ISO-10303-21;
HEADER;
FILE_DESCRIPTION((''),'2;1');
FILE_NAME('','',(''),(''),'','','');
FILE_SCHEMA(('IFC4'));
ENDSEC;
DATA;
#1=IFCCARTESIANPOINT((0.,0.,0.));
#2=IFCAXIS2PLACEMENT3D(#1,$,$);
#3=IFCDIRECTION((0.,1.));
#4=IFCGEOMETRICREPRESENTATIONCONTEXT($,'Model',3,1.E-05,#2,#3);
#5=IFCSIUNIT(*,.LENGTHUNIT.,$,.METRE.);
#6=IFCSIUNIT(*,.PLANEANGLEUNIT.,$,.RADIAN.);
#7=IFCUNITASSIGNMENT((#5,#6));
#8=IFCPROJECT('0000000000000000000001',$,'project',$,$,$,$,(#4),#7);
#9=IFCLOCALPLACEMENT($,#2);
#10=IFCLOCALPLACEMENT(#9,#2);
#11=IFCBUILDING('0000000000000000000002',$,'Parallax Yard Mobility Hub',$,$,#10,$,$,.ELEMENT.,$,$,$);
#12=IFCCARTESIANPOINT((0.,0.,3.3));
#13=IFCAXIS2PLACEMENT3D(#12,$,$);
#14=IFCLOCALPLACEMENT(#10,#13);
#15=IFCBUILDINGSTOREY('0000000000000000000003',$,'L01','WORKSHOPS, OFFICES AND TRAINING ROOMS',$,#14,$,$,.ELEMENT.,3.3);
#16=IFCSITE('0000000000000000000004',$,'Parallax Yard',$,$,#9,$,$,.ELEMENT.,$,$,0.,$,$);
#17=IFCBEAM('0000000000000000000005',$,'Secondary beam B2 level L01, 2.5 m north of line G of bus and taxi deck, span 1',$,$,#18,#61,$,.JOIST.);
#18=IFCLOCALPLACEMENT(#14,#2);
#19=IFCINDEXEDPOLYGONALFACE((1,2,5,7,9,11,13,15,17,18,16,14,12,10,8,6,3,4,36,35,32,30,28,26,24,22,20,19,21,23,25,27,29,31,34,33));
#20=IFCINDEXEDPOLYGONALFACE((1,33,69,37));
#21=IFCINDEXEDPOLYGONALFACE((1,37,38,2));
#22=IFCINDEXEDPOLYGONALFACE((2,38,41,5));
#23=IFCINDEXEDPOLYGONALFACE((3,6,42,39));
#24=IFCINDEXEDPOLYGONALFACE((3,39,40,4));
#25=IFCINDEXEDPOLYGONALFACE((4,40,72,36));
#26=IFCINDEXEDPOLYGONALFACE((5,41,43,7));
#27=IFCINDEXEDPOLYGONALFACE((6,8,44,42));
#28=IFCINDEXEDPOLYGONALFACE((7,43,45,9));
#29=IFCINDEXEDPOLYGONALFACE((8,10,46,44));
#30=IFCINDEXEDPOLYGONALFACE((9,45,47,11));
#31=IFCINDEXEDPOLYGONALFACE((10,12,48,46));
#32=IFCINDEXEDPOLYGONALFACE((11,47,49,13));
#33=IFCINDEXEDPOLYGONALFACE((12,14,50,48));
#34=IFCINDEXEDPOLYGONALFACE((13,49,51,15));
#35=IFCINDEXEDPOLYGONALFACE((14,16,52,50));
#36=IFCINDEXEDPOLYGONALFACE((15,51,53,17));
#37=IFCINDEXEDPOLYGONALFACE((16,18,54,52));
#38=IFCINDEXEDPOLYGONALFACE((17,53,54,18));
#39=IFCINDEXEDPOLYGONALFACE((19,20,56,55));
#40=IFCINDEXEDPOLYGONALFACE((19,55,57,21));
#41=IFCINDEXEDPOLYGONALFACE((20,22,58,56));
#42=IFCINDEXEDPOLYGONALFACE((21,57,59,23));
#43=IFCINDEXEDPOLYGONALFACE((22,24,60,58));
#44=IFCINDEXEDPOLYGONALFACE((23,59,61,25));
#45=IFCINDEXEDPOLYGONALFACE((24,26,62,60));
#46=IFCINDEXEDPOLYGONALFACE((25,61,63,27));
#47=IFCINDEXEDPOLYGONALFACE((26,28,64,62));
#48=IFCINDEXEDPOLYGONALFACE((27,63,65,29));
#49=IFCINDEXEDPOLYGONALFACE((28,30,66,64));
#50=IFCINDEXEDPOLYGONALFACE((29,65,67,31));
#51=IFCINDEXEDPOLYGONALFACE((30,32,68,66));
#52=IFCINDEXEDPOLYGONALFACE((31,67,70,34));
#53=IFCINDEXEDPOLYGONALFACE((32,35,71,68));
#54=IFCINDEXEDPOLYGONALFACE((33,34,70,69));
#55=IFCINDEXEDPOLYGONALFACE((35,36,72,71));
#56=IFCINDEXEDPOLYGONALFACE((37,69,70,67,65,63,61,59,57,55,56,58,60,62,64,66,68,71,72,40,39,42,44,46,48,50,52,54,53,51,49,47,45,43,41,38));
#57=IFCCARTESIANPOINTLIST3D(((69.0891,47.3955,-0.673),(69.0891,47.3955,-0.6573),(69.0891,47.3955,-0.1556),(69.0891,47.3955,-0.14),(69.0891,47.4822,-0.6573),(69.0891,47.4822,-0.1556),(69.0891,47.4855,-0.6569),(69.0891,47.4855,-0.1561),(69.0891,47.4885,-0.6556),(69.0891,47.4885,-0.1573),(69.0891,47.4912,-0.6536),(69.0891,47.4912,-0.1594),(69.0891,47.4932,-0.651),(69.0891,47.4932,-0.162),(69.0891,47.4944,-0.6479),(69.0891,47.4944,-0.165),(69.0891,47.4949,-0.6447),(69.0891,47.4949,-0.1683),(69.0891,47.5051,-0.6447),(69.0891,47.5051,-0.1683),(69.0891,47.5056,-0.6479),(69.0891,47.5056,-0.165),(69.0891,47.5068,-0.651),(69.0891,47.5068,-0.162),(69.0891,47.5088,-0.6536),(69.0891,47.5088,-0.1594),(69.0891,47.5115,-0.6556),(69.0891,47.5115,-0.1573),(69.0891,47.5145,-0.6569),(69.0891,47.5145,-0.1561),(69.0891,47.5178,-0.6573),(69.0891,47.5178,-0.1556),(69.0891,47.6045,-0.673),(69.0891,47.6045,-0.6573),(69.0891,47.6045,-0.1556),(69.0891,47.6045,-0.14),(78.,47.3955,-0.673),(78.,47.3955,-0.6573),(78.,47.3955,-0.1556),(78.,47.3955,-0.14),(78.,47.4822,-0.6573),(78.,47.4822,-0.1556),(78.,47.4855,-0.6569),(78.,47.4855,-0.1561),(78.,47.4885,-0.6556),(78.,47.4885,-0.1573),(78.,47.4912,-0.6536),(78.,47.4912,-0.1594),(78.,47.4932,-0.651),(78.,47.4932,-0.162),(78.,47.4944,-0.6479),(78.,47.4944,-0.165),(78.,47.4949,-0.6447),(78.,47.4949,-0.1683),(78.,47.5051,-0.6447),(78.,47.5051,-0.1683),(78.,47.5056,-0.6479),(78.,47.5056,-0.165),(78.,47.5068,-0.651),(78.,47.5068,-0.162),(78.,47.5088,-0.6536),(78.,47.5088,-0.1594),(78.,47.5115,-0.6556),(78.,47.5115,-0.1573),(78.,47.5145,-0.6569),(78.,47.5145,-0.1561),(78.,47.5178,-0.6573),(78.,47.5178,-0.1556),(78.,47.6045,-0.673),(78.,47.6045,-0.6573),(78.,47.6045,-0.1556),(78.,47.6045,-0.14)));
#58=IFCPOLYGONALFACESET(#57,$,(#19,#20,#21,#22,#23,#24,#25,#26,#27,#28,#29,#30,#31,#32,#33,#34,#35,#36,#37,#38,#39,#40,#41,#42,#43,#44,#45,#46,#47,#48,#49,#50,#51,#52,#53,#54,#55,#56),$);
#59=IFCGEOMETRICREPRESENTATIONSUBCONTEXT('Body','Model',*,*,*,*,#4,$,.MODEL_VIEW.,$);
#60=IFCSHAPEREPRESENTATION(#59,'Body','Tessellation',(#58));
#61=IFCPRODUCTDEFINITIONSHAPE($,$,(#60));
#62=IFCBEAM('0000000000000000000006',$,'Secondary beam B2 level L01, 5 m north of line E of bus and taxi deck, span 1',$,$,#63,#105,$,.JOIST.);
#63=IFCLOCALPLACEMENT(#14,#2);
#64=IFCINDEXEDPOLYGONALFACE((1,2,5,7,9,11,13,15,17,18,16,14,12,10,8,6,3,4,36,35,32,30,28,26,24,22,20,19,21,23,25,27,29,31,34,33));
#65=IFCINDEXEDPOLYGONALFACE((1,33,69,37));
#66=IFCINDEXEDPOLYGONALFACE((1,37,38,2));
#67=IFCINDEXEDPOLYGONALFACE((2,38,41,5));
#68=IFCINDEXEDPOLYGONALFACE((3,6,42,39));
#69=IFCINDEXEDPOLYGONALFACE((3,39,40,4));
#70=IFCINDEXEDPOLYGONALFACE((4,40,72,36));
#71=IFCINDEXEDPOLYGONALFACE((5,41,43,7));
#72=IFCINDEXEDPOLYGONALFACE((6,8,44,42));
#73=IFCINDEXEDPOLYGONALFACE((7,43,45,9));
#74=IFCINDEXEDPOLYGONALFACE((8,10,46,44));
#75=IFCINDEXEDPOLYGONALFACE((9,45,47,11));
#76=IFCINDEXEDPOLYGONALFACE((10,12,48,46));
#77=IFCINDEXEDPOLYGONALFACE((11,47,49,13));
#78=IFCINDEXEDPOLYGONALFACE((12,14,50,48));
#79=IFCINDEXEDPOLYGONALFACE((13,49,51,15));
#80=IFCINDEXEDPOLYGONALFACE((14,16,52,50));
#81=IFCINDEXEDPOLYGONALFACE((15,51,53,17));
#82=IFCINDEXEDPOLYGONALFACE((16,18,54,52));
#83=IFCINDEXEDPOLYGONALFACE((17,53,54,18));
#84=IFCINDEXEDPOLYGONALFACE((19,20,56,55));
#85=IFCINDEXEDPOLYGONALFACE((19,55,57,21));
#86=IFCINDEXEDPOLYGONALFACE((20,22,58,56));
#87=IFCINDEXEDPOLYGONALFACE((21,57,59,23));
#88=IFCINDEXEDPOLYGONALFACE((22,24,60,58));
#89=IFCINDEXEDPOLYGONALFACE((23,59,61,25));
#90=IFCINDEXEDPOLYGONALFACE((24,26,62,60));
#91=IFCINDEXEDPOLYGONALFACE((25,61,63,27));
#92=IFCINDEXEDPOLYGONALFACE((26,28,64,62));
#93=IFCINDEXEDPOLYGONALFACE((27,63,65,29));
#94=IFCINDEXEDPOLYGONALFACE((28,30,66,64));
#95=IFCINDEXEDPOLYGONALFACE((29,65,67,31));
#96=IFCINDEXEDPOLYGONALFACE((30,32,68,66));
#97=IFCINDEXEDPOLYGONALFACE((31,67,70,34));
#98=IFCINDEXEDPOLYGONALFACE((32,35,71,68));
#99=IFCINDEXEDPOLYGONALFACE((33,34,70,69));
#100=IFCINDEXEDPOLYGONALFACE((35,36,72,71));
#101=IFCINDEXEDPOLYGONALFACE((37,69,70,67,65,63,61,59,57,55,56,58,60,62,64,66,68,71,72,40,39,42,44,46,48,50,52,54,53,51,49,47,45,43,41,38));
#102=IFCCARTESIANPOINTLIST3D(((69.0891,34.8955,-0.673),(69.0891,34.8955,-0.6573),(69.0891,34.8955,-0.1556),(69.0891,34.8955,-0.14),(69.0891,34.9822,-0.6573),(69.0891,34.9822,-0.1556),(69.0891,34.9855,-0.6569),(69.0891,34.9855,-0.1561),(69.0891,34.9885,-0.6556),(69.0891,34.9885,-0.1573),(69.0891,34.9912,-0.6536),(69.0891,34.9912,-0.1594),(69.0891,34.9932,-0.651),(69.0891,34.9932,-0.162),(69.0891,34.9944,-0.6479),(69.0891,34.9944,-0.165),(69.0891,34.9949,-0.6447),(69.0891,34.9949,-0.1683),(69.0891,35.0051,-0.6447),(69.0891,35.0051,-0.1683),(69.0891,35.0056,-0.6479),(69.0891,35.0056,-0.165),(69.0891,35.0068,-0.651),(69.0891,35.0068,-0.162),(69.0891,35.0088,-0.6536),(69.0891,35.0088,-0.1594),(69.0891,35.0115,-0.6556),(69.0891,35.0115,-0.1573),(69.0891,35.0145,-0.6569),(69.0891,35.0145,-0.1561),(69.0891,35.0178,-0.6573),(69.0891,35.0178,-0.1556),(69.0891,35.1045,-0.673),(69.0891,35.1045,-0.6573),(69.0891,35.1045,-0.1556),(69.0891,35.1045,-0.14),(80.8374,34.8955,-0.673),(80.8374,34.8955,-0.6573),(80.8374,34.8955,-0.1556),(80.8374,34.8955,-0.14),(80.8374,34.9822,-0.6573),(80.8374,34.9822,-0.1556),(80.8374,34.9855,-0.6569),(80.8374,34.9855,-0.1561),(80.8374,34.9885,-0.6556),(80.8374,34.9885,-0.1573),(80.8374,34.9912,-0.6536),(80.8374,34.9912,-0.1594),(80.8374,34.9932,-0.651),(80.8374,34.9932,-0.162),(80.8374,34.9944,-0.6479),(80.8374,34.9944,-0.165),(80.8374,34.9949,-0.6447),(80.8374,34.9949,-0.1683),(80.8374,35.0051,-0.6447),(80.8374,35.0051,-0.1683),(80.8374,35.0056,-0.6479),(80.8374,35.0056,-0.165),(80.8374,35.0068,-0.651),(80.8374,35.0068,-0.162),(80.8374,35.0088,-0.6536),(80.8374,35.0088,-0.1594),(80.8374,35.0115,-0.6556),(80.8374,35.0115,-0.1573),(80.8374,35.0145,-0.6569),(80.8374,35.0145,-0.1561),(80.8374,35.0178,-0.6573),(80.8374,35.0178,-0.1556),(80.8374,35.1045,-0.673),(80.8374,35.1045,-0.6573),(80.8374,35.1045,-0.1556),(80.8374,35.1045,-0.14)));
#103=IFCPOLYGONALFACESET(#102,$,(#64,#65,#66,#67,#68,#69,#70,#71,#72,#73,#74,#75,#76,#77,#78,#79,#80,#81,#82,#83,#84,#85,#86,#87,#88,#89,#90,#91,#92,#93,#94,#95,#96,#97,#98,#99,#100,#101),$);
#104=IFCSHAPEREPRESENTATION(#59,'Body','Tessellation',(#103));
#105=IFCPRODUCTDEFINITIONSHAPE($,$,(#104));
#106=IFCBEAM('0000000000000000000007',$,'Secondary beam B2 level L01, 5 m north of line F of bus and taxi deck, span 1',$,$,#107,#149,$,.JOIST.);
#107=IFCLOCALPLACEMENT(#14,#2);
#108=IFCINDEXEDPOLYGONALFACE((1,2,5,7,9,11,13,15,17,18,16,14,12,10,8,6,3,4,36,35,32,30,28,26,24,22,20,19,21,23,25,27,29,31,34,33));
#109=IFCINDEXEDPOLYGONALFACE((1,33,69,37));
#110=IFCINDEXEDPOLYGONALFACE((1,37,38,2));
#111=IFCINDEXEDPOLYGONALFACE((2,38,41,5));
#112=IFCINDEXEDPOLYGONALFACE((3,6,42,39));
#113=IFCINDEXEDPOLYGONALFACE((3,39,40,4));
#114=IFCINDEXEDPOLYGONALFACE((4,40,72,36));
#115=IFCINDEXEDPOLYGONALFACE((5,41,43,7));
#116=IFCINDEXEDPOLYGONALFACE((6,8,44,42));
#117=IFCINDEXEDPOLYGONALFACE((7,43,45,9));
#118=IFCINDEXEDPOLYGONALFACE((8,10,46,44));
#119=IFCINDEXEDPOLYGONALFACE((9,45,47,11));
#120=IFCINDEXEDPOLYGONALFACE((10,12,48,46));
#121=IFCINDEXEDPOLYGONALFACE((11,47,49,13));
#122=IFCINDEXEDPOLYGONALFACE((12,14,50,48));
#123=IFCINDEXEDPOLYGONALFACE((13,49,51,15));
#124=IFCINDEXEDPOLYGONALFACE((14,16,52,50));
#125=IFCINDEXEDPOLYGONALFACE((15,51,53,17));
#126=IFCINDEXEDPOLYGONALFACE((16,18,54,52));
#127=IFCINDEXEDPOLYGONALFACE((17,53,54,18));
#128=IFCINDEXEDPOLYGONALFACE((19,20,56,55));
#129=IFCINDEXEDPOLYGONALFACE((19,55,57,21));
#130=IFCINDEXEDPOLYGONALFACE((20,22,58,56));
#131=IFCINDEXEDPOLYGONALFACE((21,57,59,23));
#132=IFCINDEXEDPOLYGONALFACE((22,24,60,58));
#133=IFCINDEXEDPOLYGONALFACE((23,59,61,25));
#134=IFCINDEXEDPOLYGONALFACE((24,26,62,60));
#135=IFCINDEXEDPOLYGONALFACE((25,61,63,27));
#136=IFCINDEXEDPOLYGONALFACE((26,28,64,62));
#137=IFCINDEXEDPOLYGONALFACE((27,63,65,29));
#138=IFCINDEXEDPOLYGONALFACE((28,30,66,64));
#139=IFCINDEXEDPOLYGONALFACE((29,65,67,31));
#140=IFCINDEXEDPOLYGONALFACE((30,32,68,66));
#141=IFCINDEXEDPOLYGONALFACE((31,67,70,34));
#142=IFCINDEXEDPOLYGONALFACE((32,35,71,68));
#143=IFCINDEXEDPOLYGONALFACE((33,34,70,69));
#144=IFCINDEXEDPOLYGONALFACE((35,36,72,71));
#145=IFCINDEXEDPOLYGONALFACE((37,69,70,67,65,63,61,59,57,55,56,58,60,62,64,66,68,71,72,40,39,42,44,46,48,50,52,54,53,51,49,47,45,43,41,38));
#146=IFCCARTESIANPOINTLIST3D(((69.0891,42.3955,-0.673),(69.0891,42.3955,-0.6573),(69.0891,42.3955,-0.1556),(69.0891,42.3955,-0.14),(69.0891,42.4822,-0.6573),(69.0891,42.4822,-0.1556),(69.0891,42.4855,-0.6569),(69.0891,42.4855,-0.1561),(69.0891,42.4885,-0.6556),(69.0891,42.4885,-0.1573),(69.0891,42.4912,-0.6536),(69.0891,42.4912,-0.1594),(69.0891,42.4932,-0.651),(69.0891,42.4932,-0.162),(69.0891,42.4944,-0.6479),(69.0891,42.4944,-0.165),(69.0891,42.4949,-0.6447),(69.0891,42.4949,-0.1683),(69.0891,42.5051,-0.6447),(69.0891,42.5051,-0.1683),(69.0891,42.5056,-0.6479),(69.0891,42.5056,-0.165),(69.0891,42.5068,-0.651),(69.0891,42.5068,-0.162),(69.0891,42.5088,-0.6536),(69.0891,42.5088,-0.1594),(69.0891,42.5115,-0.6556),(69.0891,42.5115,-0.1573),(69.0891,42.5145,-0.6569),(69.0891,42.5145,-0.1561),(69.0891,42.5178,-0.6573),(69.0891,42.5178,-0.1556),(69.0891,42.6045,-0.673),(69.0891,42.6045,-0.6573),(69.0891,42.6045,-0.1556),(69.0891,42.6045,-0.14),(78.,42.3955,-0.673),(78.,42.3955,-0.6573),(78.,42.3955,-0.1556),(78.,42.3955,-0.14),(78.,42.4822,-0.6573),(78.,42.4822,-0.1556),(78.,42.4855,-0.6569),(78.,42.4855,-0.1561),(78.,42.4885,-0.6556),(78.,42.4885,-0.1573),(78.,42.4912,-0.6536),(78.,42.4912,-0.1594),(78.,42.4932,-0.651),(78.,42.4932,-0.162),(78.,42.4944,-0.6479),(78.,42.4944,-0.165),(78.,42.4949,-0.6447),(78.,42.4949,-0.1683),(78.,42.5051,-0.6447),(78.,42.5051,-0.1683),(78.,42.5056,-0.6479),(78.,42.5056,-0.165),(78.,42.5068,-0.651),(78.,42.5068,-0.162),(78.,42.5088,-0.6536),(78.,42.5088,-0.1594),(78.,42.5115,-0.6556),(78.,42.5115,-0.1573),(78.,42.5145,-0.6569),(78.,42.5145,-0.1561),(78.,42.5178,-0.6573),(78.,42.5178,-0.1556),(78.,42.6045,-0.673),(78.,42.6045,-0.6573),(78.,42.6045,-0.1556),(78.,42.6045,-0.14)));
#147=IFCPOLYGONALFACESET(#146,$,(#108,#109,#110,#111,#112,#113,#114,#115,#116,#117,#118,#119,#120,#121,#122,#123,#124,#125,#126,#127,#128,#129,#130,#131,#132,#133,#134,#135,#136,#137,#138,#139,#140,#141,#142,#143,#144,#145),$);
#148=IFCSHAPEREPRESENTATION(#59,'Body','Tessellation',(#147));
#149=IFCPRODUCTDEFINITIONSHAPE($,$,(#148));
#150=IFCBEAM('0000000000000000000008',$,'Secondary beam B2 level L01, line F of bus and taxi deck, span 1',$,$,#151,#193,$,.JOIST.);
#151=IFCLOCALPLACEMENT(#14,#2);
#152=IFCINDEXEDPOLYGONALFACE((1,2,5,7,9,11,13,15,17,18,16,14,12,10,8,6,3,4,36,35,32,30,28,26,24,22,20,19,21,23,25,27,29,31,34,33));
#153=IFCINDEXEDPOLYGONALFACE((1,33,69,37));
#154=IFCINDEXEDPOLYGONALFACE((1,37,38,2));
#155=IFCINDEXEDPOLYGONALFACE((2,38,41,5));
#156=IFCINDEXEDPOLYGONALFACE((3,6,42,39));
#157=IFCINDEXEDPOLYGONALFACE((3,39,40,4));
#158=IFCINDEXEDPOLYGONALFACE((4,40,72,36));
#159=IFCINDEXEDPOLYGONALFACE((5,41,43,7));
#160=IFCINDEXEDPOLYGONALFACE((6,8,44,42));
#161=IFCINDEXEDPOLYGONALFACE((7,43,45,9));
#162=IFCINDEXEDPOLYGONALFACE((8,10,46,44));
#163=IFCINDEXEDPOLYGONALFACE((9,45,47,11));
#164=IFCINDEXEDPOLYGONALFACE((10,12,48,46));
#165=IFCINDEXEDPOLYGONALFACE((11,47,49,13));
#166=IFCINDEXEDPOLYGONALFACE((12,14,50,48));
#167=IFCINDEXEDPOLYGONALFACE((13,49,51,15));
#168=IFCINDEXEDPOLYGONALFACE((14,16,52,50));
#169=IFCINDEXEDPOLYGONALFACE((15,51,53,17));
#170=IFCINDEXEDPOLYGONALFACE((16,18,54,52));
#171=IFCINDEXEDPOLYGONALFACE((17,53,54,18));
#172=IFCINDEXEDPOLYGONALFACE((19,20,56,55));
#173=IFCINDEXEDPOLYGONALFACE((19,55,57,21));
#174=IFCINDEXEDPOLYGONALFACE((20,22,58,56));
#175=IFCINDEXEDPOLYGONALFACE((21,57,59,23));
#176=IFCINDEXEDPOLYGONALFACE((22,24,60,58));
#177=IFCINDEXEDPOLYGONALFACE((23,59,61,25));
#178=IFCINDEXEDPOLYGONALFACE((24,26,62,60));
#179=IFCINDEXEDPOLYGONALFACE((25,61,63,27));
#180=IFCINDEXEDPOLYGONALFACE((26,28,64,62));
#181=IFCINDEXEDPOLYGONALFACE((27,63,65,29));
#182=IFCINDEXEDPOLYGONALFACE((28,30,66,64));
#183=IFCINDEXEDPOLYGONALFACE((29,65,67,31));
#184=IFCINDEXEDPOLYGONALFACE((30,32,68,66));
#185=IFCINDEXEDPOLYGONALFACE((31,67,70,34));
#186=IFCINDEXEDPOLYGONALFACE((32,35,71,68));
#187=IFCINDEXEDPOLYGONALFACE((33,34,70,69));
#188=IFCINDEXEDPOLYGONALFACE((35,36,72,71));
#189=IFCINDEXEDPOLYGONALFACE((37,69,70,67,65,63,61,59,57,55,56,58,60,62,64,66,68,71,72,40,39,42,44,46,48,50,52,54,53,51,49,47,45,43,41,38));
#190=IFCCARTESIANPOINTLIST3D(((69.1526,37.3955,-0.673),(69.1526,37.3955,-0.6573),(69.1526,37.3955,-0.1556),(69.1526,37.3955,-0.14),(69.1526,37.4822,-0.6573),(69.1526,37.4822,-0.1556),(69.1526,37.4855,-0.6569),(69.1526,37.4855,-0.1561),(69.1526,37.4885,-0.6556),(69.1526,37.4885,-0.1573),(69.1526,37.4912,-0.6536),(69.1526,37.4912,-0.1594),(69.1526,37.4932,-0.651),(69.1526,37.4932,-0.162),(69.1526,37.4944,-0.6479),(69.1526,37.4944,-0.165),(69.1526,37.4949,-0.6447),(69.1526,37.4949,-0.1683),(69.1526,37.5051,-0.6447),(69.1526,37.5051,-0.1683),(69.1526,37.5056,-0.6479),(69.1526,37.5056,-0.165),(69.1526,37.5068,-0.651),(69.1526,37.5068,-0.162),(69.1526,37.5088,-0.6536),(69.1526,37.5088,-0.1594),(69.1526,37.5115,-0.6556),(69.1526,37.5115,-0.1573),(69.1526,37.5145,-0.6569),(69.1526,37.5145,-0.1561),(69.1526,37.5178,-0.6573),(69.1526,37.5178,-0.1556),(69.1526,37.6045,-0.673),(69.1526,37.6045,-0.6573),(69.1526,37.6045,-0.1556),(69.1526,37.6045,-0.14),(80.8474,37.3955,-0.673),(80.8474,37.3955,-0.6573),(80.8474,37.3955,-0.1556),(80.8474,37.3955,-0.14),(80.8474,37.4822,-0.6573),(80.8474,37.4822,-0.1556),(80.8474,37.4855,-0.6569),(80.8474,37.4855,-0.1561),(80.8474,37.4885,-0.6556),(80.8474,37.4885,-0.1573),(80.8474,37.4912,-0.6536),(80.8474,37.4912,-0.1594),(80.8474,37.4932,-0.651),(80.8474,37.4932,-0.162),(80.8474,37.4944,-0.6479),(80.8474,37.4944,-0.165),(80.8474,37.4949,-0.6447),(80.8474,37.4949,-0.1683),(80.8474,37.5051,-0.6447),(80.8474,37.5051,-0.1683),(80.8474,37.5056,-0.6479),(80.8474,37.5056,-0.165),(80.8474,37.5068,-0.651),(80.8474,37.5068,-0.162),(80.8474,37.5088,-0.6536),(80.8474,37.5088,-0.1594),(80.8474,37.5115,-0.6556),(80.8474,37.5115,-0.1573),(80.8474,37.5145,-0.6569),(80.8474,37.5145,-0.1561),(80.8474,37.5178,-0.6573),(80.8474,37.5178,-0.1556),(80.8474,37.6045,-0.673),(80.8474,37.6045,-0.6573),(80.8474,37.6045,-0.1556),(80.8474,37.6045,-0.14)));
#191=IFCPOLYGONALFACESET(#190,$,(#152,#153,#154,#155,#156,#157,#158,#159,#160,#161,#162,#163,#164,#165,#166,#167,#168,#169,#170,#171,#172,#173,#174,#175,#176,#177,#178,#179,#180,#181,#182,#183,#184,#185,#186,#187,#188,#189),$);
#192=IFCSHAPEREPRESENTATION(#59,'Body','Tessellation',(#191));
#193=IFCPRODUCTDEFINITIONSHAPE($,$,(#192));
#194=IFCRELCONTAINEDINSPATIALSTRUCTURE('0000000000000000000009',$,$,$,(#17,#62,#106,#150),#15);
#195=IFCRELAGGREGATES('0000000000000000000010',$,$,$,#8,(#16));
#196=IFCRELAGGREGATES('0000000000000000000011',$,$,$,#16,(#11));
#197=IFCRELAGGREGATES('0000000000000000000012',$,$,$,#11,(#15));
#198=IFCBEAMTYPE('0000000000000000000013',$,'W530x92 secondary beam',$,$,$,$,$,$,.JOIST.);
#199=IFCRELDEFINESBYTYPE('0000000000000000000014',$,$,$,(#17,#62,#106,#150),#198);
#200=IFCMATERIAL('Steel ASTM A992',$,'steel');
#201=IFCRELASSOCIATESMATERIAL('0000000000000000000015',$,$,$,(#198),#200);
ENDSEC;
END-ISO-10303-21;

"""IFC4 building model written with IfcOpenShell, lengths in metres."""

from ifc_helpers import new_model, si_unit, direction, frame, origin, origin_2d, place, context, subcontext, project, spatial, i_section, extrude, material, material_profile, profile_set, type_object, element, save


model = new_model("IFC4")

# Units and contexts
model_context = context("Model", 3, precision=1e-05, world=origin(), true_north=direction((0.0, 1.0)))
body_context = subcontext(model_context, "Body", "Model", "MODEL_VIEW")
ifc_project = project(units=[si_unit("LENGTHUNIT", "METRE"), si_unit("PLANEANGLEUNIT", "RADIAN")], contexts=[model_context])

# Site, building, storey
site_placement = place(None, origin())
site = spatial("IfcSite", under=ifc_project, at=site_placement, Name="Parallax Yard", CompositionType="ELEMENT", RefElevation=0.0)
building_placement = place(site_placement, origin())
building = spatial("IfcBuilding", under=site, at=building_placement, Name="Parallax Yard Mobility Hub", CompositionType="ELEMENT")
storey_placement = place(building_placement, frame((0.0, 0.0, 3.3)))
storey = spatial("IfcBuildingStorey", under=building, at=storey_placement, Name="L01", Description="WORKSHOPS, OFFICES AND TRAINING ROOMS", CompositionType="ELEMENT", Elevation=3.3)

# Beams
ifc_material_1 = material(Name="Steel ASTM A992", Category="steel")
ifc_material_profile_1 = material_profile(ifc_material_1, i_section(OverallWidth=0.209, OverallDepth=0.533, WebThickness=0.0103, FlangeThickness=0.0156, FilletRadius=0.0127, at=origin_2d()), Name="W530x92")
ifc_profile_set_1 = profile_set([ifc_material_profile_1], Name="Steel ASTM A992")
beam_type_1 = type_object("IfcBeamType", Name="W530x92 secondary beam", PredefinedType="JOIST", material=ifc_profile_set_1)
beam_1_placement = place(storey_placement, frame((69.0891, 47.5, -0.4065), z_axis=(1.0, 0.0, 0.0), x_axis=(0.0, 1.0, 0.0)))
element("IfcBeam", 1, at=beam_1_placement, inside=storey, type_object=beam_type_1, Name="Secondary beam B2 level L01, 2.5 m north of line G of bus and taxi deck, span 1", PredefinedType="JOIST", context=body_context, shape_type="SweptSolid", body=[
    extrude(i_section(OverallWidth=0.209, OverallDepth=0.533, WebThickness=0.0103, FlangeThickness=0.0156, FilletRadius=0.0127, at=origin_2d()), origin(), (0.0, 0.0, 1.0), 8.9109),
])
beam_2_placement = place(storey_placement, frame((69.0891, 35.0, -0.4065), z_axis=(1.0, 0.0, 0.0), x_axis=(0.0, 1.0, 0.0)))
element("IfcBeam", 2, at=beam_2_placement, inside=storey, type_object=beam_type_1, Name="Secondary beam B2 level L01, 5 m north of line E of bus and taxi deck, span 1", PredefinedType="JOIST", context=body_context, shape_type="SweptSolid", body=[
    extrude(i_section(OverallWidth=0.209, OverallDepth=0.533, WebThickness=0.0103, FlangeThickness=0.0156, FilletRadius=0.0127, at=origin_2d()), origin(), (0.0, 0.0, 1.0), 11.7483),
])
beam_3_placement = place(storey_placement, frame((69.0891, 42.5, -0.4065), z_axis=(1.0, 0.0, 0.0), x_axis=(0.0, 1.0, 0.0)))
element("IfcBeam", 3, at=beam_3_placement, inside=storey, type_object=beam_type_1, Name="Secondary beam B2 level L01, 5 m north of line F of bus and taxi deck, span 1", PredefinedType="JOIST", context=body_context, shape_type="SweptSolid", body=[
    extrude(i_section(OverallWidth=0.209, OverallDepth=0.533, WebThickness=0.0103, FlangeThickness=0.0156, FilletRadius=0.0127, at=origin_2d()), origin(), (0.0, 0.0, 1.0), 8.9109),
])
beam_4_placement = place(storey_placement, frame((69.1526, 37.5, -0.4065), z_axis=(1.0, 0.0, 0.0), x_axis=(0.0, 1.0, 0.0)))
element("IfcBeam", 4, at=beam_4_placement, inside=storey, type_object=beam_type_1, Name="Secondary beam B2 level L01, line F of bus and taxi deck, span 1", PredefinedType="JOIST", context=body_context, shape_type="SweptSolid", body=[
    extrude(i_section(OverallWidth=0.209, OverallDepth=0.533, WebThickness=0.0103, FlangeThickness=0.0156, FilletRadius=0.0127, at=origin_2d()), origin(), (0.0, 0.0, 1.0), 11.6948),
])

save(model, "model.ifc")
